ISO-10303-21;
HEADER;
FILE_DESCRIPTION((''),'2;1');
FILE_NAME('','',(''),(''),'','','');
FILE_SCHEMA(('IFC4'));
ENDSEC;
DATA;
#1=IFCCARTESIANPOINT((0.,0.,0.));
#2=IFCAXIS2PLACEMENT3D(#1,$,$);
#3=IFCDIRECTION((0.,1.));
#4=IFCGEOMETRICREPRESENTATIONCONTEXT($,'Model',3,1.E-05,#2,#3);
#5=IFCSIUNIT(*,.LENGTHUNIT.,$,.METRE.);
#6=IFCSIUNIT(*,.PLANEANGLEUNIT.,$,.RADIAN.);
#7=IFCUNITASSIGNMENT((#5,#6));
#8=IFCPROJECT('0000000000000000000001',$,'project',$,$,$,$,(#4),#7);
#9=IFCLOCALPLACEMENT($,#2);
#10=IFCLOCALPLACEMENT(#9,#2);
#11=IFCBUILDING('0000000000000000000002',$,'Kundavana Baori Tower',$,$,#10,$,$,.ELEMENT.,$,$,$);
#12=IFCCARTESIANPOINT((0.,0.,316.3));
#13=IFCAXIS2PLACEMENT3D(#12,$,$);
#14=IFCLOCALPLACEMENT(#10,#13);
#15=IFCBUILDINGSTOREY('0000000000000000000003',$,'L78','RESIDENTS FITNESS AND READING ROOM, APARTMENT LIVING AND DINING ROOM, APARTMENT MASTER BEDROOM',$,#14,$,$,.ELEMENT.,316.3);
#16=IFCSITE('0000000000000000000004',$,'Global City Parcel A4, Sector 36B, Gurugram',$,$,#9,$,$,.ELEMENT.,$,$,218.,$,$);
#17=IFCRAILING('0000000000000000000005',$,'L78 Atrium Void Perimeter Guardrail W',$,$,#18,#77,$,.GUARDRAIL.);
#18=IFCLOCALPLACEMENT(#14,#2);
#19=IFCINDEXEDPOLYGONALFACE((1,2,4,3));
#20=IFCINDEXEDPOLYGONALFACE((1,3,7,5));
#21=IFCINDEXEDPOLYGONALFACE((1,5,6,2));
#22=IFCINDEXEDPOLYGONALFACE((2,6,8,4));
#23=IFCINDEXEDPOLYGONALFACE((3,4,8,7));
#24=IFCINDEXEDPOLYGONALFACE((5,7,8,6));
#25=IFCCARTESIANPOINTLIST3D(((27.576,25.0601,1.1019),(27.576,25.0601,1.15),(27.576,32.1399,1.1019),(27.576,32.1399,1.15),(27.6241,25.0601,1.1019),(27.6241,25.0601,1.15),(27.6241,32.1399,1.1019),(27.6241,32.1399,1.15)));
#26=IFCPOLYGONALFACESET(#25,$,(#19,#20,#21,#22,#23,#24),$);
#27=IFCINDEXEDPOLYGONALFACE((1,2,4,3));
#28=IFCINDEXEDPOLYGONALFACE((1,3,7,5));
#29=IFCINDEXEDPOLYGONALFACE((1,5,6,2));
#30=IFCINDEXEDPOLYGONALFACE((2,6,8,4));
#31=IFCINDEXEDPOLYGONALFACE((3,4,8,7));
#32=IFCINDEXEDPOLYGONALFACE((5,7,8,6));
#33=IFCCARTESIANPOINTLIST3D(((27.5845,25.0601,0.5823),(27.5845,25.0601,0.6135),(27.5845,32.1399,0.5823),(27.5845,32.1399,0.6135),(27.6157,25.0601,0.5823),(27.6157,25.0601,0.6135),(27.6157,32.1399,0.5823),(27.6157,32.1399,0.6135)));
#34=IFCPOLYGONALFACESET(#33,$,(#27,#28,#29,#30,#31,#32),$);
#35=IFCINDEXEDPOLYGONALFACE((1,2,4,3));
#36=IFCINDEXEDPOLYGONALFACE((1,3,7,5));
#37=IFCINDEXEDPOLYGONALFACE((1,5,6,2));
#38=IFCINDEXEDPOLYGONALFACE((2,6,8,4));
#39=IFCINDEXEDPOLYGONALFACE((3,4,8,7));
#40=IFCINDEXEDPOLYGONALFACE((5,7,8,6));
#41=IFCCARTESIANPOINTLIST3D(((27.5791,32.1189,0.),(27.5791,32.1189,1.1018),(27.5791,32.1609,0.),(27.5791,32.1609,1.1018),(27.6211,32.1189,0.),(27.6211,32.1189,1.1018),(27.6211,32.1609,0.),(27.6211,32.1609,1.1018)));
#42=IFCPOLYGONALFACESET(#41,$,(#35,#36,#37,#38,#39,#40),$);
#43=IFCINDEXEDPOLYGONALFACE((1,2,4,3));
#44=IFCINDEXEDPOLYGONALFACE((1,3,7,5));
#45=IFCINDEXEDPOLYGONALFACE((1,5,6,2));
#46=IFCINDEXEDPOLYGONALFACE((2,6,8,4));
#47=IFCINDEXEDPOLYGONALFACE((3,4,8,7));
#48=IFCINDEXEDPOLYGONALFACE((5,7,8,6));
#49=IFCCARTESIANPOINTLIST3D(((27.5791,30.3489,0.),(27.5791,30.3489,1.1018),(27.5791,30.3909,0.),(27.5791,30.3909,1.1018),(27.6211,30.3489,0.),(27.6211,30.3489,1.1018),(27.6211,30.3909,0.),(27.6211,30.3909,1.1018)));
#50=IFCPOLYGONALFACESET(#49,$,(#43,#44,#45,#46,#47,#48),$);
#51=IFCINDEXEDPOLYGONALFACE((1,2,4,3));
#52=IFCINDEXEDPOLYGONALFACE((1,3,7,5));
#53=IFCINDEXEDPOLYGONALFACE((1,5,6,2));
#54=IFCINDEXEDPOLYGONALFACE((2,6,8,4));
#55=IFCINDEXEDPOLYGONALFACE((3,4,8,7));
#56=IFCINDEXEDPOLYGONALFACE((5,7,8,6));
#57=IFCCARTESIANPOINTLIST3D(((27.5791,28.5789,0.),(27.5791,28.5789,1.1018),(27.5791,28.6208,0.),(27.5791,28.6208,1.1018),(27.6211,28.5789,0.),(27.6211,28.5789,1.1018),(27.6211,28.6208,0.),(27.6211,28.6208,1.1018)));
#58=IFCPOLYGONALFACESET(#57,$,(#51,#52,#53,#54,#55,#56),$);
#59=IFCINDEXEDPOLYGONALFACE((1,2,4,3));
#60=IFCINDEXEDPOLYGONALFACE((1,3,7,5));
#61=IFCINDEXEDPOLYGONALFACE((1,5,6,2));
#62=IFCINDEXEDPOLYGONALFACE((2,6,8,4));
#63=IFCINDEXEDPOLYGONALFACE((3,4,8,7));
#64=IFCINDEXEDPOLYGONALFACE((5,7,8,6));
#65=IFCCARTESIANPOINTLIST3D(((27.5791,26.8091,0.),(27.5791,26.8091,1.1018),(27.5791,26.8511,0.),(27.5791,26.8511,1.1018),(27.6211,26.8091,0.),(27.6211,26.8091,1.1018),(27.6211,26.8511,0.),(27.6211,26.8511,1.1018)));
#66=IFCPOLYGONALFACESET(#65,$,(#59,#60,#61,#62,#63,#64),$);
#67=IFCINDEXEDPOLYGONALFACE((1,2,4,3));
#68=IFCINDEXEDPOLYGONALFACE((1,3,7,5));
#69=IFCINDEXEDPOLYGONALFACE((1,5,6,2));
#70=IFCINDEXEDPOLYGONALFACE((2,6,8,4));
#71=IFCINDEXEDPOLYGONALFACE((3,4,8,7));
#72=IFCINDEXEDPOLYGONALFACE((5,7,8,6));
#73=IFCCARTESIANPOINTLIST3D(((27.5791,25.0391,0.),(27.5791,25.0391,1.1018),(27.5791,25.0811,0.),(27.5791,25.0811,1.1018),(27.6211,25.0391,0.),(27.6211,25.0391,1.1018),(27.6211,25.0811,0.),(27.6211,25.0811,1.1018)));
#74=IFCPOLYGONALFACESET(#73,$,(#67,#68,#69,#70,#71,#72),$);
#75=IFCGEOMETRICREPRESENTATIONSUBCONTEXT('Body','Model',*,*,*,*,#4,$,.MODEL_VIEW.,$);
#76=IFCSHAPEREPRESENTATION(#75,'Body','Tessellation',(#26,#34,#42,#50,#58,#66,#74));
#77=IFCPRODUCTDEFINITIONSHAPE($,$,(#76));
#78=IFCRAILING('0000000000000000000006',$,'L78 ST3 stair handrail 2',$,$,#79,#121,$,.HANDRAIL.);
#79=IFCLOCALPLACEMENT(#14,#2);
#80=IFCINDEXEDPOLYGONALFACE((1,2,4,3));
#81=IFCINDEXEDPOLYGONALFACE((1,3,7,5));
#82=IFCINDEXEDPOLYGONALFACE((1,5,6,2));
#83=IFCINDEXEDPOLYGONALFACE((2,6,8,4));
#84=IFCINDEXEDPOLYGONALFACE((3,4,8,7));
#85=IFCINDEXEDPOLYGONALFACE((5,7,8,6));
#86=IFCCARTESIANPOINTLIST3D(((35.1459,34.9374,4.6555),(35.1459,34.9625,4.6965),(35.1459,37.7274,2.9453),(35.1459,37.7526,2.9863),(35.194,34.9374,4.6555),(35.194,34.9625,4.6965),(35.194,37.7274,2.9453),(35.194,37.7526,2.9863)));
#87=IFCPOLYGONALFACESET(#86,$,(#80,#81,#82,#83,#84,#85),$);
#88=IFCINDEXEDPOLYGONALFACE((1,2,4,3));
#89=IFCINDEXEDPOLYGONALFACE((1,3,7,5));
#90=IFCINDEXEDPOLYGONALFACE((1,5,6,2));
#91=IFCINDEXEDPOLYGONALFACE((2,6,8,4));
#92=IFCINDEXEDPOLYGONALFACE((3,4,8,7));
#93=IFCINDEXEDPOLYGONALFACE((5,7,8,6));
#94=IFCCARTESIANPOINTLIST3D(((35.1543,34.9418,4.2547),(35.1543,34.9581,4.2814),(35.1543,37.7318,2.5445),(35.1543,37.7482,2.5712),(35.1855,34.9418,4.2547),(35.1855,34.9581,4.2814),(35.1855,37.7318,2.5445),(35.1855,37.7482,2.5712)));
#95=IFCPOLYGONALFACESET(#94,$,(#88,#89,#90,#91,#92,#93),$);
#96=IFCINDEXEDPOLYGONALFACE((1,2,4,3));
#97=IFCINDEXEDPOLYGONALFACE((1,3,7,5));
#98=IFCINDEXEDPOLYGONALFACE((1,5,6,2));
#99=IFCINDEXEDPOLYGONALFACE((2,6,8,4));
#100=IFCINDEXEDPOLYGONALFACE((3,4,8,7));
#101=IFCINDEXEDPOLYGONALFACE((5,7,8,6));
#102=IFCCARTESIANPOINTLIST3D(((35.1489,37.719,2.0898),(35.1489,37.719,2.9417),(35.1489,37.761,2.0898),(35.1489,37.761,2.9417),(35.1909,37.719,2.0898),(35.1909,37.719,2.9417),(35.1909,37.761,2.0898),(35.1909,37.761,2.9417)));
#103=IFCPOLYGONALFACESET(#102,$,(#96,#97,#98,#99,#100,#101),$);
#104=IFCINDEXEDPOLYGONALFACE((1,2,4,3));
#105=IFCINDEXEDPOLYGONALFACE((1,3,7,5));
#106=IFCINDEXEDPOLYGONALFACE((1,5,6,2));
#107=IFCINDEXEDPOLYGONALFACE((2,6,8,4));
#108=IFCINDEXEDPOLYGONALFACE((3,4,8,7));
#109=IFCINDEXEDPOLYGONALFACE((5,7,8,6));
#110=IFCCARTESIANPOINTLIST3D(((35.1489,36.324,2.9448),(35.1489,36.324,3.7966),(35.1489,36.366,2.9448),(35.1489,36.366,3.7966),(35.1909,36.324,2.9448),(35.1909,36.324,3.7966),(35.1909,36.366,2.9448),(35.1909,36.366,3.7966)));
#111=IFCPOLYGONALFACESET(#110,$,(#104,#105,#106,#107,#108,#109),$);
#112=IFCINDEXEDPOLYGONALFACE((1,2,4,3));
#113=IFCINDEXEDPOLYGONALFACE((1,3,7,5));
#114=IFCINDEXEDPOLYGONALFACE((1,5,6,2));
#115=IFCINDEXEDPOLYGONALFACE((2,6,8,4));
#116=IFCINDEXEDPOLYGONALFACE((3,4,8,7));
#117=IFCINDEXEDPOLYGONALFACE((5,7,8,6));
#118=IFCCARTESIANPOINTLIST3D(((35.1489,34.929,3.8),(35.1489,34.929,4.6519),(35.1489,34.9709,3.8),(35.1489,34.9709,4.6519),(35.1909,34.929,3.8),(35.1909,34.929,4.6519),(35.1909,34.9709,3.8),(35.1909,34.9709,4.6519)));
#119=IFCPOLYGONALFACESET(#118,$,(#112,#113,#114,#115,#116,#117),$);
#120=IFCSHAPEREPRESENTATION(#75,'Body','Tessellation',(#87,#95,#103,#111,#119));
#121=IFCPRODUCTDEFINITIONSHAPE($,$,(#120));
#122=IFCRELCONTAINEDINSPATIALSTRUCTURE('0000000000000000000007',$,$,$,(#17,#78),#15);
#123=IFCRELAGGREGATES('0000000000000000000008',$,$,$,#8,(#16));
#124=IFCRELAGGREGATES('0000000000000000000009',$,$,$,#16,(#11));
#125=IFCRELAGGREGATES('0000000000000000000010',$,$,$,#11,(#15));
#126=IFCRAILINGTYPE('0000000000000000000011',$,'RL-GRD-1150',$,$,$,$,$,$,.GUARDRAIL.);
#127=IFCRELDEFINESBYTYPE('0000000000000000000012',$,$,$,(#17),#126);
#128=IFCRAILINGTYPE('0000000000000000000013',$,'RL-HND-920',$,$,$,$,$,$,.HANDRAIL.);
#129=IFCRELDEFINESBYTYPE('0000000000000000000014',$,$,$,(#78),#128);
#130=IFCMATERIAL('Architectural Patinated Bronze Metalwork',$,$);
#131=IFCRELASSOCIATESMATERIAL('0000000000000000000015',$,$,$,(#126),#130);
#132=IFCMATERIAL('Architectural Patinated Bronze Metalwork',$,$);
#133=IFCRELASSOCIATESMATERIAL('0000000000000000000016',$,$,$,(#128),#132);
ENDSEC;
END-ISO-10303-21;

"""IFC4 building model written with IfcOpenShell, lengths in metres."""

from ifc_helpers import new_model, si_unit, direction, frame, origin, origin_2d, place, context, subcontext, project, spatial, rectangle, extrude, material, type_object, element, save


model = new_model("IFC4")

# Units and contexts
model_context = context("Model", 3, precision=1e-05, world=origin(), true_north=direction((0.0, 1.0)))
body_context = subcontext(model_context, "Body", "Model", "MODEL_VIEW")
ifc_project = project(units=[si_unit("LENGTHUNIT", "METRE"), si_unit("PLANEANGLEUNIT", "RADIAN")], contexts=[model_context])

# Site, building, storey
site_placement = place(None, origin())
site = spatial("IfcSite", under=ifc_project, at=site_placement, Name="Global City Parcel A4, Sector 36B, Gurugram", CompositionType="ELEMENT", RefElevation=218.0)
building_placement = place(site_placement, origin())
building = spatial("IfcBuilding", under=site, at=building_placement, Name="Kundavana Baori Tower", CompositionType="ELEMENT")
storey_placement = place(building_placement, frame((0.0, 0.0, 316.3)))
storey = spatial("IfcBuildingStorey", under=building, at=storey_placement, Name="L78", Description="RESIDENTS FITNESS AND READING ROOM, APARTMENT LIVING AND DINING ROOM, APARTMENT MASTER BEDROOM", CompositionType="ELEMENT", Elevation=316.3)

# Railings
ifc_material_1 = material(Name="Architectural Patinated Bronze Metalwork")
railing_type_1 = type_object("IfcRailingType", Name="RL-GRD-1150", PredefinedType="GUARDRAIL", material=ifc_material_1)
railing_1_placement = place(storey_placement, frame((27.6001, 32.1399, 0.0)))
element("IfcRailing", 1, at=railing_1_placement, inside=storey, type_object=railing_type_1, Name="L78 Atrium Void Perimeter Guardrail W", PredefinedType="GUARDRAIL", context=body_context, shape_type="SweptSolid", body=[
    extrude(rectangle(XDim=0.0481, YDim=0.0481, at=origin_2d()), frame((0.0, 0.0, 1.126), z_axis=(0.0, -1.0, 0.0), x_axis=(1.0, 0.0, 0.0)), (0.0, 0.0, 1.0), 7.0798),
    extrude(rectangle(XDim=0.0312, YDim=0.0312, at=origin_2d()), frame((0.0, 0.0, 0.5979), z_axis=(0.0, -1.0, 0.0), x_axis=(1.0, 0.0, 0.0)), (0.0, 0.0, 1.0), 7.0798),
    extrude(rectangle(XDim=0.042, YDim=0.042, at=origin_2d()), origin(), (0.0, 0.0, 1.0), 1.1018),
    extrude(rectangle(XDim=0.042, YDim=0.042, at=origin_2d()), frame((0.0, -1.77, 0.0)), (0.0, 0.0, 1.0), 1.1018),
    extrude(rectangle(XDim=0.042, YDim=0.042, at=origin_2d()), frame((0.0, -3.54, 0.0)), (0.0, 0.0, 1.0), 1.1018),
    extrude(rectangle(XDim=0.042, YDim=0.042, at=origin_2d()), frame((0.0, -5.3098, 0.0)), (0.0, 0.0, 1.0), 1.1018),
    extrude(rectangle(XDim=0.042, YDim=0.042, at=origin_2d()), frame((0.0, -7.0798, 0.0)), (0.0, 0.0, 1.0), 1.1018),
])
ifc_material_2 = material(Name="Architectural Patinated Bronze Metalwork")
railing_type_2 = type_object("IfcRailingType", Name="RL-HND-920", PredefinedType="HANDRAIL", material=ifc_material_2)
railing_2_placement = place(storey_placement, frame((35.1699, 37.74, 2.0898)))
element("IfcRailing", 2, at=railing_2_placement, inside=storey, type_object=railing_type_2, Name="L78 ST3 stair handrail 2", PredefinedType="HANDRAIL", context=body_context, shape_type="SweptSolid", body=[
    extrude(rectangle(XDim=0.0481, YDim=0.0481, at=origin_2d()), frame((0.0, 0.0, 0.876), z_axis=(0.0, -0.852577, 0.522602), x_axis=(1.0, 0.0, 0.0)), (0.0, 0.0, 1.0), 3.2725),
    extrude(rectangle(XDim=0.0312, YDim=0.0312, at=origin_2d()), frame((0.0, 0.0, 0.468), z_axis=(0.0, -0.852577, 0.522602), x_axis=(1.0, 0.0, 0.0)), (0.0, 0.0, 1.0), 3.2725),
    extrude(rectangle(XDim=0.042, YDim=0.042, at=origin_2d()), origin(), (0.0, 0.0, 1.0), 0.8518),
    extrude(rectangle(XDim=0.042, YDim=0.042, at=origin_2d()), frame((0.0, -1.395, 0.855)), (0.0, 0.0, 1.0), 0.8518),
    extrude(rectangle(XDim=0.042, YDim=0.042, at=origin_2d()), frame((0.0, -2.79, 1.7102)), (0.0, 0.0, 1.0), 0.8518),
])

save(model, "model.ifc")
